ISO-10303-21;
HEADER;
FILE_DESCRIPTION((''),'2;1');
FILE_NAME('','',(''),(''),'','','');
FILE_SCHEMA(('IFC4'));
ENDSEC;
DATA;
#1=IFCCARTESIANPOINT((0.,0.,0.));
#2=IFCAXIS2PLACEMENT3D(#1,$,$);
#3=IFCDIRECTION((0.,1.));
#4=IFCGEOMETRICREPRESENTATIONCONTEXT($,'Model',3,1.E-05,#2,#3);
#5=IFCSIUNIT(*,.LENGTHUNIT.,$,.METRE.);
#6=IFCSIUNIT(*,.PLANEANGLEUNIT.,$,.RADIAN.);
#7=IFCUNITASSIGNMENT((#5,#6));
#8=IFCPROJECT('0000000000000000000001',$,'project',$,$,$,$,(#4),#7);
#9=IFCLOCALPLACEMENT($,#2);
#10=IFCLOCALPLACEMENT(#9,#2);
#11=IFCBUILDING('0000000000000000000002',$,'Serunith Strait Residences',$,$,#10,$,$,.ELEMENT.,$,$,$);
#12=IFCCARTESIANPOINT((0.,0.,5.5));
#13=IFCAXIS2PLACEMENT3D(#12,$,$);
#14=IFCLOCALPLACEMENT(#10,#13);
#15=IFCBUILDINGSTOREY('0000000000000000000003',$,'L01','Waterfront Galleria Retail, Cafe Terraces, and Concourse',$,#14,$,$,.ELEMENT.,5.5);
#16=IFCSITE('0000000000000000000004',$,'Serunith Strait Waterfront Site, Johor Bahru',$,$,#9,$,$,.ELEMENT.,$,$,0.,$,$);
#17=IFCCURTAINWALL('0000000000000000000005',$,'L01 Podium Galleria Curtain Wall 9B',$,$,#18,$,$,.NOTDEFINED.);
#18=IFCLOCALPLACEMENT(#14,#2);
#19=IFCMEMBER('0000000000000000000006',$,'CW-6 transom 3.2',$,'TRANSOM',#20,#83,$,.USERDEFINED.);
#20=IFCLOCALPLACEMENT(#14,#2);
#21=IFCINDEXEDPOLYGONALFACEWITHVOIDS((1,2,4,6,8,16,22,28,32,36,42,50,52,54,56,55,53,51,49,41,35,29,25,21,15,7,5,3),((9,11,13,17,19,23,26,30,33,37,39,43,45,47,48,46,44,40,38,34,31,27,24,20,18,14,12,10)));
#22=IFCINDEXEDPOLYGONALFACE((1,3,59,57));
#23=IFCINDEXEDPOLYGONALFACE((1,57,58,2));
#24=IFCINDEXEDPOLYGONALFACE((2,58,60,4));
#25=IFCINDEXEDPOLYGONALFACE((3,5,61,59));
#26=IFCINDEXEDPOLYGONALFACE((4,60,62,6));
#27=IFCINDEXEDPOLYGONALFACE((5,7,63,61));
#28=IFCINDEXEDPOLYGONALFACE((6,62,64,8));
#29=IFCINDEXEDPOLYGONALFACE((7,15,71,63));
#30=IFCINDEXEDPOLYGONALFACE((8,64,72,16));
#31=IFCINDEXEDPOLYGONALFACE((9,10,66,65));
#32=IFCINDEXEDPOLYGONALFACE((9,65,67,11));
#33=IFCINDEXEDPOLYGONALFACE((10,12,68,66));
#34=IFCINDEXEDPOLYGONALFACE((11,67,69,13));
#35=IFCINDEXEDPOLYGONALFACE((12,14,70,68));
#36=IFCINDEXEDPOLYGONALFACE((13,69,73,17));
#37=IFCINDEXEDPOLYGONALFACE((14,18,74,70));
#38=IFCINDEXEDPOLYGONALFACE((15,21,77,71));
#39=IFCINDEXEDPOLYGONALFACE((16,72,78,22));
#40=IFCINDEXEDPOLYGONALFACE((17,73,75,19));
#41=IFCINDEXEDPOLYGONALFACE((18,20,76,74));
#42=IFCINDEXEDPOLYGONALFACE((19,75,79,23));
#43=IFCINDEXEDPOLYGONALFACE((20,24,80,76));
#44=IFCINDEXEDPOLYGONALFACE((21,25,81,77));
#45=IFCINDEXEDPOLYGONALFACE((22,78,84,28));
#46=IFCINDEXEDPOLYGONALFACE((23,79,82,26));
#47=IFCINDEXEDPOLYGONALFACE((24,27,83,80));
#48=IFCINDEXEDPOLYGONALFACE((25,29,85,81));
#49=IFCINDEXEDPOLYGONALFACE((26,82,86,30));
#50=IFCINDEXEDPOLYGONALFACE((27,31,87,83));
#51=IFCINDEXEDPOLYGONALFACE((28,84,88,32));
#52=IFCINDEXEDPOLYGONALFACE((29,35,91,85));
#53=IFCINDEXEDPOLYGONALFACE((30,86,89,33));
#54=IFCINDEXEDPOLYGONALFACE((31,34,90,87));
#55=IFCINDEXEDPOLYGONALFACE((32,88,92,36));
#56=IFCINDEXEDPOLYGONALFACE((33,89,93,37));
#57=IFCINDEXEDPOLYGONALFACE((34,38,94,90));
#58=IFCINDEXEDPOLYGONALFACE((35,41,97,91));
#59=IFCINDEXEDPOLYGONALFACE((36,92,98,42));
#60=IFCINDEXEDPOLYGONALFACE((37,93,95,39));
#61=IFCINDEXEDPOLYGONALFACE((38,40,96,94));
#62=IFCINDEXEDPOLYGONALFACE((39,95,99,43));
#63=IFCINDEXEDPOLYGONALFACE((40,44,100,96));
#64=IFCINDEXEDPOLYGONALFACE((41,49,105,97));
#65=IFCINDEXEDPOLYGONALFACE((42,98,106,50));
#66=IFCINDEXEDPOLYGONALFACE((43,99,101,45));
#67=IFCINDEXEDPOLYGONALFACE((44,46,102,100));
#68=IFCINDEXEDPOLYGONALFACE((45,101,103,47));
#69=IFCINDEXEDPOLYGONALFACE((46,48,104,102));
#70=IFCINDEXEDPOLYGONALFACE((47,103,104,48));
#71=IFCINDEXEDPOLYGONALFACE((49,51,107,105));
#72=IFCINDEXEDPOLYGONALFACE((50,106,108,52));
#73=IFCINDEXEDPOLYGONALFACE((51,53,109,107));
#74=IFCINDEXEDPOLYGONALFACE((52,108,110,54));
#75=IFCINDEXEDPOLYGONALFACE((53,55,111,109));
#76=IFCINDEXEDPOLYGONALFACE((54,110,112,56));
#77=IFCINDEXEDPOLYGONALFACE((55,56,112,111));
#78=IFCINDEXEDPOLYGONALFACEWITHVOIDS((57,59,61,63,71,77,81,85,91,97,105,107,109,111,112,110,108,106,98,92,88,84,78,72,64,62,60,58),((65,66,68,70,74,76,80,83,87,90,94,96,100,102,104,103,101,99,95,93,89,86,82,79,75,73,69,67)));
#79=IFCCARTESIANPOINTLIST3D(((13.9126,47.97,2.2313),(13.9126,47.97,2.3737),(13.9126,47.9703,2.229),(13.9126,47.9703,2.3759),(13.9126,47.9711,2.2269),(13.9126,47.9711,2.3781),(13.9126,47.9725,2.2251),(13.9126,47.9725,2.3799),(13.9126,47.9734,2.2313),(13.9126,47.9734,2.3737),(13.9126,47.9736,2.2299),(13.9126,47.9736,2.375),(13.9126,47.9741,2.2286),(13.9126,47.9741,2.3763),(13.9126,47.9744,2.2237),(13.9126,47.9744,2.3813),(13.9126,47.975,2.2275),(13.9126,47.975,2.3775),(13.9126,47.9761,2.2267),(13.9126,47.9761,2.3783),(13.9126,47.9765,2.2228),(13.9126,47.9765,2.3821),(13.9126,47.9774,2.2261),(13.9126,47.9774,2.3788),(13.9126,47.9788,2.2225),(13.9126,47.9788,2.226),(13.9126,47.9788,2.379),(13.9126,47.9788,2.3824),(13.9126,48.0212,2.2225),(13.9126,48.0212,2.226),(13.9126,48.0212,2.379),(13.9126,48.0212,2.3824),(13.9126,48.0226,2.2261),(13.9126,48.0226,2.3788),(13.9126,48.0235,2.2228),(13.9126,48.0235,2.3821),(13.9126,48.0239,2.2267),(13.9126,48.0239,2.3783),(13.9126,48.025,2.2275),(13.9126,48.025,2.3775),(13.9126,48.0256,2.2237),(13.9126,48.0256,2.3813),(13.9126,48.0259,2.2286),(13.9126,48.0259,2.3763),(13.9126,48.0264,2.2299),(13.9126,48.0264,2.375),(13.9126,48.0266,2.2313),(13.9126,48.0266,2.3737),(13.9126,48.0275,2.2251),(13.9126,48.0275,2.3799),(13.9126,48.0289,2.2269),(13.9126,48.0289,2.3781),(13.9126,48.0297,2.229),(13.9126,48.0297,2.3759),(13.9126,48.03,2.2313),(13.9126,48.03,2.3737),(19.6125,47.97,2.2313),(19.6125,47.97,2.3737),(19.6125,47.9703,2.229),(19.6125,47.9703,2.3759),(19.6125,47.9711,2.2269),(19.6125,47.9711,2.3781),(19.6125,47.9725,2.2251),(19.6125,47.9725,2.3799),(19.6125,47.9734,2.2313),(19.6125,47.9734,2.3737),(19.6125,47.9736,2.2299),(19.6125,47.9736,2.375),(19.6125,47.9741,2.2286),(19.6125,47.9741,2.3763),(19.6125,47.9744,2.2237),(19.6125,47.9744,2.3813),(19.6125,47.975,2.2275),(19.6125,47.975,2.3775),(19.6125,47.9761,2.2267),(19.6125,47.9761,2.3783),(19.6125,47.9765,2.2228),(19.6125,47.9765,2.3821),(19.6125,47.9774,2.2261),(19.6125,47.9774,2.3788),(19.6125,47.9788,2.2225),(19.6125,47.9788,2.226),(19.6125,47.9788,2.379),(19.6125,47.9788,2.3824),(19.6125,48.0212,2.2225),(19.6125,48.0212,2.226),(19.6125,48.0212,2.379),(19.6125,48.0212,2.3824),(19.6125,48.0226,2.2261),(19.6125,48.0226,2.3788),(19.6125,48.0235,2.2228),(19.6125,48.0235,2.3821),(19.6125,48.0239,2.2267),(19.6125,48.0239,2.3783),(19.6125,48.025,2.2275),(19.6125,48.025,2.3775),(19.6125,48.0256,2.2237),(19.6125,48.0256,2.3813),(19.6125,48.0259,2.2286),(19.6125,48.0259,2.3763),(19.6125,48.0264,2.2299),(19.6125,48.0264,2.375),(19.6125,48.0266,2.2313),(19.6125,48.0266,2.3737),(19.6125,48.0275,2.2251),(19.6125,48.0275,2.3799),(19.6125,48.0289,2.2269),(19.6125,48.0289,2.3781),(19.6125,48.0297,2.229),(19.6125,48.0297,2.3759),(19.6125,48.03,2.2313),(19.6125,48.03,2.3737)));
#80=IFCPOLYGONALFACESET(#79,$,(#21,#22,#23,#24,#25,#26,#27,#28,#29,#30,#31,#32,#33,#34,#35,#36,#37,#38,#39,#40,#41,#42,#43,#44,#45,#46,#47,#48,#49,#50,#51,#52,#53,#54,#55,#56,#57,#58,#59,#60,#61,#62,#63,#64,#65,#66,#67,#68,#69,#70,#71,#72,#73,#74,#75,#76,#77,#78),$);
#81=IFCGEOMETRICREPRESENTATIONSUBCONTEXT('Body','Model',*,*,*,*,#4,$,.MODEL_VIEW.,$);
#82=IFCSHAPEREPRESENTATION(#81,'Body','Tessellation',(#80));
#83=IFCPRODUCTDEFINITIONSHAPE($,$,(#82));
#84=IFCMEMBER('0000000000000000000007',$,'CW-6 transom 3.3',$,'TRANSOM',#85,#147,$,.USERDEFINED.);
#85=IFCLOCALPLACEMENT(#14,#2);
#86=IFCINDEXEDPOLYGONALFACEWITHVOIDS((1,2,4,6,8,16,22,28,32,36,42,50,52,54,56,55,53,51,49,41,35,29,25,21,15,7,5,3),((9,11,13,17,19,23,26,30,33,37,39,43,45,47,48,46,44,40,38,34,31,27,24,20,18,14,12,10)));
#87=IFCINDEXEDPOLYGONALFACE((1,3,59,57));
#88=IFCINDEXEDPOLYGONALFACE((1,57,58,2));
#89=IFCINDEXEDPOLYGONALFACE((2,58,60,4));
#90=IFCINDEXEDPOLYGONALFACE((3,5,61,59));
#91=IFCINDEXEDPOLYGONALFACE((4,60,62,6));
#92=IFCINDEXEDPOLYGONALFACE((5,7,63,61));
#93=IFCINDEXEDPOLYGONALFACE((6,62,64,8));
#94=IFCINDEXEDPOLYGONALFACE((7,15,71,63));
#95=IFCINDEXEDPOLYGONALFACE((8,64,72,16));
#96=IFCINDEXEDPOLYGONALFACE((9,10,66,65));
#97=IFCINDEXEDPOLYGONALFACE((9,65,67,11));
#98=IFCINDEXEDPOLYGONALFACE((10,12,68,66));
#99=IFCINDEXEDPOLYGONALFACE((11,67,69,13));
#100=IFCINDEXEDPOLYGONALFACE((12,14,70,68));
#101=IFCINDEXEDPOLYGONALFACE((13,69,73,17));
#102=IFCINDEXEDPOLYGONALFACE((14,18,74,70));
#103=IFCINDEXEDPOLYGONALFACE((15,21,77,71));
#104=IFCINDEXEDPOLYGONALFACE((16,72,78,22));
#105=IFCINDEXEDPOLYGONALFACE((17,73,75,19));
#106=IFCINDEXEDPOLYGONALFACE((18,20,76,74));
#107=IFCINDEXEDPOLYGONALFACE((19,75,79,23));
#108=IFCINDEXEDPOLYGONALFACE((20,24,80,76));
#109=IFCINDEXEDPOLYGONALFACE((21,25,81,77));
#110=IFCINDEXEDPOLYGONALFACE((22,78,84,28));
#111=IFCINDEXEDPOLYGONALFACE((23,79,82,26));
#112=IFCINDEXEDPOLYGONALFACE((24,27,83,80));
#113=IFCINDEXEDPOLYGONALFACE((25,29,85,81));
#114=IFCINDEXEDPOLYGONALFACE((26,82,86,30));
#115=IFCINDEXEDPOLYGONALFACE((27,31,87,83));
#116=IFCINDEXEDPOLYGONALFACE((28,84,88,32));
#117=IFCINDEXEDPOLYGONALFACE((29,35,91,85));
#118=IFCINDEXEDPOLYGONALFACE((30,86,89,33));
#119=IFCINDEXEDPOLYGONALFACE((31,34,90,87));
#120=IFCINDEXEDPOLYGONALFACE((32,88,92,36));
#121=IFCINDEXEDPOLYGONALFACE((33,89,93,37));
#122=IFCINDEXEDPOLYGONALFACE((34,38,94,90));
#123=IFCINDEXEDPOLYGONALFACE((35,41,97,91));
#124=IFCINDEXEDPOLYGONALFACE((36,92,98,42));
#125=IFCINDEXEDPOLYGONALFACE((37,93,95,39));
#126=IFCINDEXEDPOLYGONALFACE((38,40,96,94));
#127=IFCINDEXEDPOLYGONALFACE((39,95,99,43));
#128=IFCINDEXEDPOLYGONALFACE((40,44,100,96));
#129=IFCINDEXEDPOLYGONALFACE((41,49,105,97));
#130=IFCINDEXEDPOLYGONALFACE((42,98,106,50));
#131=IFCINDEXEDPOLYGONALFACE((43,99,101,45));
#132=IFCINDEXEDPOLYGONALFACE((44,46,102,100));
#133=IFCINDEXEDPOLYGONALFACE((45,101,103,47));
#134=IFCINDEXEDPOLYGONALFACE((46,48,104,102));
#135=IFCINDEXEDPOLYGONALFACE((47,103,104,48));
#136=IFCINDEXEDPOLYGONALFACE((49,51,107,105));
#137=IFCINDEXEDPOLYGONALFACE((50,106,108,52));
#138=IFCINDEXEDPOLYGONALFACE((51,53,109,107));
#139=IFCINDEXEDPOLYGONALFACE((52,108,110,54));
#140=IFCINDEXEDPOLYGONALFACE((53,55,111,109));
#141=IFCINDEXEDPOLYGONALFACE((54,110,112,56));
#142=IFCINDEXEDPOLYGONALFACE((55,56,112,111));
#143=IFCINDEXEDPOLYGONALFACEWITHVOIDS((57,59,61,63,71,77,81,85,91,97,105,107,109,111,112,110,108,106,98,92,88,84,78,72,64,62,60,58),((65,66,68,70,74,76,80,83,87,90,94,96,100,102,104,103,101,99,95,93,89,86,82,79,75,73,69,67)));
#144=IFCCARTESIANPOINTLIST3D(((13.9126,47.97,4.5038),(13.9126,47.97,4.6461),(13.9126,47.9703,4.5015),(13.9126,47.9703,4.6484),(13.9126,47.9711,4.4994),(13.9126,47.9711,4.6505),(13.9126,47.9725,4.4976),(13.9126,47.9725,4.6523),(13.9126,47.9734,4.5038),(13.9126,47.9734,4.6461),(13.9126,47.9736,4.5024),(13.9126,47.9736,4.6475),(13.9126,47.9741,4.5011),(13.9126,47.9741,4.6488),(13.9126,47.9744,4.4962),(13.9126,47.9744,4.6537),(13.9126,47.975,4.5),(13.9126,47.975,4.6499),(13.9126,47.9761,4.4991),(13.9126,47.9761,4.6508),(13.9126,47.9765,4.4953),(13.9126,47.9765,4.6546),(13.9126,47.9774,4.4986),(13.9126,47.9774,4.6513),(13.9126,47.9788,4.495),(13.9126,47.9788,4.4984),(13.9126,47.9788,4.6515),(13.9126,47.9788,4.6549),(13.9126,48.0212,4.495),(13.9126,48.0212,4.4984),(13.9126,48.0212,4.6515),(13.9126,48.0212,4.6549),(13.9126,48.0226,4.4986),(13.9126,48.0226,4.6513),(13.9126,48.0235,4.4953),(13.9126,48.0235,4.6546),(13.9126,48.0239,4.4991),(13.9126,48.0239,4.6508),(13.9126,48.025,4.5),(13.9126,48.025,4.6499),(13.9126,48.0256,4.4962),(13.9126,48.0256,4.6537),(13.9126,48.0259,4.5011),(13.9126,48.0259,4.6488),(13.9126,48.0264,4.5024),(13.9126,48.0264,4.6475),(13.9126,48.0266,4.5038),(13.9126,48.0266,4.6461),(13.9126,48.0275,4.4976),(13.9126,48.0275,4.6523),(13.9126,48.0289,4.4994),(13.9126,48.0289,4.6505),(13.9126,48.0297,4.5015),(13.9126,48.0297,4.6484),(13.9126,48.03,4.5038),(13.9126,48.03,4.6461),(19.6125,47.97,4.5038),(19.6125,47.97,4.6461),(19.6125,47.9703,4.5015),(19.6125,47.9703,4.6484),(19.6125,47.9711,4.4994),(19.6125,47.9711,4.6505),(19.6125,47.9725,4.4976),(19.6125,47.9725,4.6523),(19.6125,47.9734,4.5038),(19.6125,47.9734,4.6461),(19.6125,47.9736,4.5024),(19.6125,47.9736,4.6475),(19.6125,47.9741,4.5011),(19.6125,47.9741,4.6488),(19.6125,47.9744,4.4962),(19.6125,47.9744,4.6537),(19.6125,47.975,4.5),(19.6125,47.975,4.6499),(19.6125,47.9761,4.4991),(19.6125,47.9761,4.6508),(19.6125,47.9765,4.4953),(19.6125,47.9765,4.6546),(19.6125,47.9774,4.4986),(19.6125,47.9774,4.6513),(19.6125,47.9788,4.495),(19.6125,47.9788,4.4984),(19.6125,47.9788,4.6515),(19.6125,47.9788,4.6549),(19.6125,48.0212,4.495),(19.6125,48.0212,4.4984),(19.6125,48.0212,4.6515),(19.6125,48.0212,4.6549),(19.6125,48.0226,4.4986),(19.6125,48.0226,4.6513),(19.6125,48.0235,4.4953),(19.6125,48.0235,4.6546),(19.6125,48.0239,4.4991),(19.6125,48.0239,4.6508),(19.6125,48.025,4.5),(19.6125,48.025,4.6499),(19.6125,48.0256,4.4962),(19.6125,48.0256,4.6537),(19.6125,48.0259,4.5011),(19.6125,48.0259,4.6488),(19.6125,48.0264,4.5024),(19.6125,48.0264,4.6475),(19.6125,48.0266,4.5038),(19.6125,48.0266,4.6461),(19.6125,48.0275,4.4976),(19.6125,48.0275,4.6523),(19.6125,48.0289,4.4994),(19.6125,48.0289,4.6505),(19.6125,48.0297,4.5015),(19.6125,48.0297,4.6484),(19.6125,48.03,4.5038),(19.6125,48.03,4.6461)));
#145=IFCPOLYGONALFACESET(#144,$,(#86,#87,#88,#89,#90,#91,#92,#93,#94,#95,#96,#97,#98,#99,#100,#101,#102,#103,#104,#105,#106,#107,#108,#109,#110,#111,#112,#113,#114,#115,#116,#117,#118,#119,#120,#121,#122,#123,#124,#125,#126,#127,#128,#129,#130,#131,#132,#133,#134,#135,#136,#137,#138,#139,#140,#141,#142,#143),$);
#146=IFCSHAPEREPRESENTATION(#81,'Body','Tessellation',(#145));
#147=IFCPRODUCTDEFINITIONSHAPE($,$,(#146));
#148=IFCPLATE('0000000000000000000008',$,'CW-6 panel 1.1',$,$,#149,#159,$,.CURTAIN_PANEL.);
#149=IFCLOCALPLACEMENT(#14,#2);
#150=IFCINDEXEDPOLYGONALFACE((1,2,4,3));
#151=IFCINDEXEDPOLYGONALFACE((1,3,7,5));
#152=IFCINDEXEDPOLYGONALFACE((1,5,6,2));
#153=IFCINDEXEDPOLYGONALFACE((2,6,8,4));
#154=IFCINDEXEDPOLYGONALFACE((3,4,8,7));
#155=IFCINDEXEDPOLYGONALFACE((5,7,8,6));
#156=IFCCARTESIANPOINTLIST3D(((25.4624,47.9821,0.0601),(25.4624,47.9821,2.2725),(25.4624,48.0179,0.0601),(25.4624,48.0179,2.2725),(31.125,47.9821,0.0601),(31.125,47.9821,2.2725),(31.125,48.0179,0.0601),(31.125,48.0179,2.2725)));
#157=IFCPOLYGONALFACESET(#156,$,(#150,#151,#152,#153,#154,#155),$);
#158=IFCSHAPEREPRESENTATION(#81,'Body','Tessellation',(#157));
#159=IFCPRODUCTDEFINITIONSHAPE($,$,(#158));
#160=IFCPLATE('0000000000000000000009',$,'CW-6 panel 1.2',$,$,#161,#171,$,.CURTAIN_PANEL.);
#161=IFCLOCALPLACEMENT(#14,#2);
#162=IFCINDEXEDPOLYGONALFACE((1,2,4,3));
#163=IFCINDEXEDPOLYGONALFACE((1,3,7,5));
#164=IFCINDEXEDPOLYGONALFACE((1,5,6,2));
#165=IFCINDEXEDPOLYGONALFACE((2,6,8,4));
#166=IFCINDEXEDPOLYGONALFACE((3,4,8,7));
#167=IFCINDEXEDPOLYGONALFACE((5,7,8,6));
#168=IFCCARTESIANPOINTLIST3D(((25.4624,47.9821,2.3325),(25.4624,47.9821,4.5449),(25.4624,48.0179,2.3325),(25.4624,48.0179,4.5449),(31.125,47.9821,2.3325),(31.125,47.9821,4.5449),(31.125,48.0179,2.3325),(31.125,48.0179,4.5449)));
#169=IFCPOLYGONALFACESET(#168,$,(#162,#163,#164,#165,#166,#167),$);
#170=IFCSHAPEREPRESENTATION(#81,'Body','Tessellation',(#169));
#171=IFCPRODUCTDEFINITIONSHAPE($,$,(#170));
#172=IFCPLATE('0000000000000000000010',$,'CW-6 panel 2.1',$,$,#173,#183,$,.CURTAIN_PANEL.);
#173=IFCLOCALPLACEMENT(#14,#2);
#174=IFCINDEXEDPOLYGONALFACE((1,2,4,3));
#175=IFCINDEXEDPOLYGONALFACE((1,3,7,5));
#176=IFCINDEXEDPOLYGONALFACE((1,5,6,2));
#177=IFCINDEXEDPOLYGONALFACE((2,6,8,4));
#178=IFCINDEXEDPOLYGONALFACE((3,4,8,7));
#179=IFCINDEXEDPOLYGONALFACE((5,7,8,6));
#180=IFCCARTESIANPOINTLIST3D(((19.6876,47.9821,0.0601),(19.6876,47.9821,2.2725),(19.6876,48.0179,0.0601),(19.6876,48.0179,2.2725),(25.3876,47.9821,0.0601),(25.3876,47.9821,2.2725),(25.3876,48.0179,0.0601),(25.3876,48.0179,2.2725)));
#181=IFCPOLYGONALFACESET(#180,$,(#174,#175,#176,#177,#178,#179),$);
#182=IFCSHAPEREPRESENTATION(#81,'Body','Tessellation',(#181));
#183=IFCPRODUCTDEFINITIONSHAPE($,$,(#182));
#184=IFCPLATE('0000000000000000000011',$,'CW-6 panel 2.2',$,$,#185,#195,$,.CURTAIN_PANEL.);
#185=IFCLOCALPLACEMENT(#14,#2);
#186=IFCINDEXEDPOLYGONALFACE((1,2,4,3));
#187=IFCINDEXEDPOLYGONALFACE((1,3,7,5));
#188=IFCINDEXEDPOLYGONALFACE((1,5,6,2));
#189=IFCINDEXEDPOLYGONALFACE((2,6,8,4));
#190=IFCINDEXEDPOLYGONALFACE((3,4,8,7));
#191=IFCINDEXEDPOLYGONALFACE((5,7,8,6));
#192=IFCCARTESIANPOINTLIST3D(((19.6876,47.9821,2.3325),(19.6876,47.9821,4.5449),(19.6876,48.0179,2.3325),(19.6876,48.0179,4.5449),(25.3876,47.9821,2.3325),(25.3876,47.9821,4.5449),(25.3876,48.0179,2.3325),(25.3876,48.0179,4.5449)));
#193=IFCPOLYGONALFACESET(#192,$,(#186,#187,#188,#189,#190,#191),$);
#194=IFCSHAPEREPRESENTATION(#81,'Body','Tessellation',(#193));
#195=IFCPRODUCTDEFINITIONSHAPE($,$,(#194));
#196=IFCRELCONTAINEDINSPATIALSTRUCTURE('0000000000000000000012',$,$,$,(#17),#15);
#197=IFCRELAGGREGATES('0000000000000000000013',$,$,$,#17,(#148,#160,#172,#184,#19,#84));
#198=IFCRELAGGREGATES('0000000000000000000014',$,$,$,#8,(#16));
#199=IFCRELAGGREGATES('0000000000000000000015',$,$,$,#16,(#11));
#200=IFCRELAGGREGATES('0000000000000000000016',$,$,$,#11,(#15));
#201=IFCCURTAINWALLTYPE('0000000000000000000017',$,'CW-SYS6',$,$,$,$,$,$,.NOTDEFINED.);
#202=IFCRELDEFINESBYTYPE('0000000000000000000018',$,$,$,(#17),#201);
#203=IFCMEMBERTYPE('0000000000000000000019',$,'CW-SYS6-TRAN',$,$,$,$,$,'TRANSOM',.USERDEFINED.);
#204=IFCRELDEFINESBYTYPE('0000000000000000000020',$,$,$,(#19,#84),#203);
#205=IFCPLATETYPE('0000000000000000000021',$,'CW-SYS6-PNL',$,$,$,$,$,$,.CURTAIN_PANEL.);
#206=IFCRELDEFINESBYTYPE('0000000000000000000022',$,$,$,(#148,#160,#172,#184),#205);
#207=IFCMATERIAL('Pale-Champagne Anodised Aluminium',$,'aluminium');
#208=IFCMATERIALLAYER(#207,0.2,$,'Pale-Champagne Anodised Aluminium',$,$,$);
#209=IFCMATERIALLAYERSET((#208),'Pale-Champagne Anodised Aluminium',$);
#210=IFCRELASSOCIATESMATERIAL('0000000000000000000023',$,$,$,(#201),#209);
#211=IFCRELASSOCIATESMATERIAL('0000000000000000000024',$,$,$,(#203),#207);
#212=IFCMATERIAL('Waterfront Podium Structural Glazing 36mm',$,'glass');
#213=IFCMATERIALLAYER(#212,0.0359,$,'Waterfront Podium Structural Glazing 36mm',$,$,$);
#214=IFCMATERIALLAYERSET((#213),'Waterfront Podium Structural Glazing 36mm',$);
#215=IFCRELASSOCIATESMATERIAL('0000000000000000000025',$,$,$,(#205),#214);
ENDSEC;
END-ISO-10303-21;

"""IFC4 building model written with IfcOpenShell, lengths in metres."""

from ifc_helpers import new_model, si_unit, direction, frame, origin, origin_2d, place, context, subcontext, project, spatial, rectangle, hollow_rectangle, extrude, source, transform, mapped, material, layer, layer_set, material_profile, profile_set, type_object, element, aggregate, save


model = new_model("IFC4")

# Units and contexts
model_context = context("Model", 3, precision=1e-05, world=origin(), true_north=direction((0.0, 1.0)))
body_context = subcontext(model_context, "Body", "Model", "MODEL_VIEW")
ifc_project = project(units=[si_unit("LENGTHUNIT", "METRE"), si_unit("PLANEANGLEUNIT", "RADIAN")], contexts=[model_context])

# Site, building, storey
site_placement = place(None, origin())
site = spatial("IfcSite", under=ifc_project, at=site_placement, Name="Serunith Strait Waterfront Site, Johor Bahru", CompositionType="ELEMENT", RefElevation=0.0)
building_placement = place(site_placement, origin())
building = spatial("IfcBuilding", under=site, at=building_placement, Name="Serunith Strait Residences", CompositionType="ELEMENT")
storey_placement = place(building_placement, frame((0.0, 0.0, 5.5)))
storey = spatial("IfcBuildingStorey", under=building, at=storey_placement, Name="L01", Description="Waterfront Galleria Retail, Cafe Terraces, and Concourse", CompositionType="ELEMENT", Elevation=5.5)

# Curtain wall, members, plates
ifc_material_1 = material(Name="Pale-Champagne Anodised Aluminium", Category="aluminium")
ifc_layer_1 = layer(ifc_material_1, 0.2, Name="Pale-Champagne Anodised Aluminium")
ifc_layer_set_1 = layer_set([ifc_layer_1], Name="Pale-Champagne Anodised Aluminium")
curtain_wall_type = type_object("IfcCurtainWallType", Name="CW-SYS6", PredefinedType="NOTDEFINED", material=ifc_layer_set_1)
curtain_wall_placement = place(storey_placement, origin())
curtain_wall = element("IfcCurtainWall", 1, at=curtain_wall_placement, inside=storey, type_object=curtain_wall_type, Name="L01 Podium Galleria Curtain Wall 9B", PredefinedType="NOTDEFINED")
ifc_material_profile_1 = material_profile(ifc_material_1, hollow_rectangle(XDim=0.0601, YDim=0.1599, WallThickness=0.0034, InnerFilletRadius=0.0054, OuterFilletRadius=0.0088, at=origin_2d()), Name="ALU 160x60x3.5")
ifc_profile_set_1 = profile_set([ifc_material_profile_1], Name="Pale-Champagne Anodised Aluminium")
member_type_1 = type_object("IfcMemberType", Name="CW-SYS6-TRAN", ElementType="TRANSOM", PredefinedType="USERDEFINED", material=ifc_profile_set_1)
shared_shape_1 = source(origin(), body_context, "Body", "SweptSolid", [
    extrude(hollow_rectangle(XDim=0.0601, YDim=0.1599, WallThickness=0.0034, InnerFilletRadius=0.0054, OuterFilletRadius=0.0088, at=origin_2d()), origin(), (0.0, 0.0, 1.0), 5.7),
])
member_1_placement = place(storey_placement, frame((19.6125, 48.0, 2.3025), z_axis=(-1.0, 0.0, 0.0), x_axis=(0.0, -1.0, 0.0)))
member_1 = element("IfcMember", 2, at=member_1_placement, type_object=member_type_1, Name="CW-6 transom 3.2", ObjectType="TRANSOM", PredefinedType="USERDEFINED", context=body_context, shape_type="MappedRepresentation", body=[
    mapped(shared_shape_1, transform((0.0, 0.0, 0.0), scale=1.0)),
])
member_2_placement = place(storey_placement, frame((19.6125, 48.0, 4.575), z_axis=(-1.0, 0.0, 0.0), x_axis=(0.0, -1.0, 0.0)))
member_2 = element("IfcMember", 3, at=member_2_placement, type_object=member_type_1, Name="CW-6 transom 3.3", ObjectType="TRANSOM", PredefinedType="USERDEFINED", context=body_context, shape_type="MappedRepresentation", body=[
    mapped(shared_shape_1, transform((0.0, 0.0, 0.0), scale=1.0)),
])
ifc_material_2 = material(Name="Waterfront Podium Structural Glazing 36mm", Category="glass")
ifc_layer_2 = layer(ifc_material_2, 0.0359, Name="Waterfront Podium Structural Glazing 36mm")
ifc_layer_set_2 = layer_set([ifc_layer_2], Name="Waterfront Podium Structural Glazing 36mm")
plate_type = type_object("IfcPlateType", Name="CW-SYS6-PNL", PredefinedType="CURTAIN_PANEL", material=ifc_layer_set_2)
shared_shape_2 = source(origin(), body_context, "Body", "SweptSolid", [
    extrude(rectangle(XDim=5.6626, YDim=0.0359, at=origin_2d()), origin(), (0.0, 0.0, 1.0), 2.2124),
])
plate_1_placement = place(storey_placement, frame((28.2937, 48.0, 0.0601), z_axis=(0.0, 0.0, 1.0), x_axis=(-1.0, 0.0, 0.0)))
plate_1 = element("IfcPlate", 4, at=plate_1_placement, type_object=plate_type, Name="CW-6 panel 1.1", PredefinedType="CURTAIN_PANEL", context=body_context, shape_type="MappedRepresentation", body=[
    mapped(shared_shape_2, transform((0.0, 0.0, 0.0), scale=1.0)),
])
plate_2_placement = place(storey_placement, frame((28.2937, 48.0, 2.3325), z_axis=(0.0, 0.0, 1.0), x_axis=(-1.0, 0.0, 0.0)))
plate_2 = element("IfcPlate", 5, at=plate_2_placement, type_object=plate_type, Name="CW-6 panel 1.2", PredefinedType="CURTAIN_PANEL", context=body_context, shape_type="MappedRepresentation", body=[
    mapped(shared_shape_2, transform((0.0, 0.0, 0.0), scale=1.0)),
])
shared_shape_3 = source(origin(), body_context, "Body", "SweptSolid", [
    extrude(rectangle(XDim=5.7, YDim=0.0359, at=origin_2d()), origin(), (0.0, 0.0, 1.0), 2.2124),
])
plate_3_placement = place(storey_placement, frame((22.5376, 48.0, 0.0601), z_axis=(0.0, 0.0, 1.0), x_axis=(-1.0, 0.0, 0.0)))
plate_3 = element("IfcPlate", 6, at=plate_3_placement, type_object=plate_type, Name="CW-6 panel 2.1", PredefinedType="CURTAIN_PANEL", context=body_context, shape_type="MappedRepresentation", body=[
    mapped(shared_shape_3, transform((0.0, 0.0, 0.0), scale=1.0)),
])
plate_4_placement = place(storey_placement, frame((22.5376, 48.0, 2.3325), z_axis=(0.0, 0.0, 1.0), x_axis=(-1.0, 0.0, 0.0)))
plate_4 = element("IfcPlate", 7, at=plate_4_placement, type_object=plate_type, Name="CW-6 panel 2.2", PredefinedType="CURTAIN_PANEL", context=body_context, shape_type="MappedRepresentation", body=[
    mapped(shared_shape_3, transform((0.0, 0.0, 0.0), scale=1.0)),
])
aggregate(curtain_wall, [plate_1, plate_2, plate_3, plate_4, member_1, member_2])

save(model, "model.ifc")
